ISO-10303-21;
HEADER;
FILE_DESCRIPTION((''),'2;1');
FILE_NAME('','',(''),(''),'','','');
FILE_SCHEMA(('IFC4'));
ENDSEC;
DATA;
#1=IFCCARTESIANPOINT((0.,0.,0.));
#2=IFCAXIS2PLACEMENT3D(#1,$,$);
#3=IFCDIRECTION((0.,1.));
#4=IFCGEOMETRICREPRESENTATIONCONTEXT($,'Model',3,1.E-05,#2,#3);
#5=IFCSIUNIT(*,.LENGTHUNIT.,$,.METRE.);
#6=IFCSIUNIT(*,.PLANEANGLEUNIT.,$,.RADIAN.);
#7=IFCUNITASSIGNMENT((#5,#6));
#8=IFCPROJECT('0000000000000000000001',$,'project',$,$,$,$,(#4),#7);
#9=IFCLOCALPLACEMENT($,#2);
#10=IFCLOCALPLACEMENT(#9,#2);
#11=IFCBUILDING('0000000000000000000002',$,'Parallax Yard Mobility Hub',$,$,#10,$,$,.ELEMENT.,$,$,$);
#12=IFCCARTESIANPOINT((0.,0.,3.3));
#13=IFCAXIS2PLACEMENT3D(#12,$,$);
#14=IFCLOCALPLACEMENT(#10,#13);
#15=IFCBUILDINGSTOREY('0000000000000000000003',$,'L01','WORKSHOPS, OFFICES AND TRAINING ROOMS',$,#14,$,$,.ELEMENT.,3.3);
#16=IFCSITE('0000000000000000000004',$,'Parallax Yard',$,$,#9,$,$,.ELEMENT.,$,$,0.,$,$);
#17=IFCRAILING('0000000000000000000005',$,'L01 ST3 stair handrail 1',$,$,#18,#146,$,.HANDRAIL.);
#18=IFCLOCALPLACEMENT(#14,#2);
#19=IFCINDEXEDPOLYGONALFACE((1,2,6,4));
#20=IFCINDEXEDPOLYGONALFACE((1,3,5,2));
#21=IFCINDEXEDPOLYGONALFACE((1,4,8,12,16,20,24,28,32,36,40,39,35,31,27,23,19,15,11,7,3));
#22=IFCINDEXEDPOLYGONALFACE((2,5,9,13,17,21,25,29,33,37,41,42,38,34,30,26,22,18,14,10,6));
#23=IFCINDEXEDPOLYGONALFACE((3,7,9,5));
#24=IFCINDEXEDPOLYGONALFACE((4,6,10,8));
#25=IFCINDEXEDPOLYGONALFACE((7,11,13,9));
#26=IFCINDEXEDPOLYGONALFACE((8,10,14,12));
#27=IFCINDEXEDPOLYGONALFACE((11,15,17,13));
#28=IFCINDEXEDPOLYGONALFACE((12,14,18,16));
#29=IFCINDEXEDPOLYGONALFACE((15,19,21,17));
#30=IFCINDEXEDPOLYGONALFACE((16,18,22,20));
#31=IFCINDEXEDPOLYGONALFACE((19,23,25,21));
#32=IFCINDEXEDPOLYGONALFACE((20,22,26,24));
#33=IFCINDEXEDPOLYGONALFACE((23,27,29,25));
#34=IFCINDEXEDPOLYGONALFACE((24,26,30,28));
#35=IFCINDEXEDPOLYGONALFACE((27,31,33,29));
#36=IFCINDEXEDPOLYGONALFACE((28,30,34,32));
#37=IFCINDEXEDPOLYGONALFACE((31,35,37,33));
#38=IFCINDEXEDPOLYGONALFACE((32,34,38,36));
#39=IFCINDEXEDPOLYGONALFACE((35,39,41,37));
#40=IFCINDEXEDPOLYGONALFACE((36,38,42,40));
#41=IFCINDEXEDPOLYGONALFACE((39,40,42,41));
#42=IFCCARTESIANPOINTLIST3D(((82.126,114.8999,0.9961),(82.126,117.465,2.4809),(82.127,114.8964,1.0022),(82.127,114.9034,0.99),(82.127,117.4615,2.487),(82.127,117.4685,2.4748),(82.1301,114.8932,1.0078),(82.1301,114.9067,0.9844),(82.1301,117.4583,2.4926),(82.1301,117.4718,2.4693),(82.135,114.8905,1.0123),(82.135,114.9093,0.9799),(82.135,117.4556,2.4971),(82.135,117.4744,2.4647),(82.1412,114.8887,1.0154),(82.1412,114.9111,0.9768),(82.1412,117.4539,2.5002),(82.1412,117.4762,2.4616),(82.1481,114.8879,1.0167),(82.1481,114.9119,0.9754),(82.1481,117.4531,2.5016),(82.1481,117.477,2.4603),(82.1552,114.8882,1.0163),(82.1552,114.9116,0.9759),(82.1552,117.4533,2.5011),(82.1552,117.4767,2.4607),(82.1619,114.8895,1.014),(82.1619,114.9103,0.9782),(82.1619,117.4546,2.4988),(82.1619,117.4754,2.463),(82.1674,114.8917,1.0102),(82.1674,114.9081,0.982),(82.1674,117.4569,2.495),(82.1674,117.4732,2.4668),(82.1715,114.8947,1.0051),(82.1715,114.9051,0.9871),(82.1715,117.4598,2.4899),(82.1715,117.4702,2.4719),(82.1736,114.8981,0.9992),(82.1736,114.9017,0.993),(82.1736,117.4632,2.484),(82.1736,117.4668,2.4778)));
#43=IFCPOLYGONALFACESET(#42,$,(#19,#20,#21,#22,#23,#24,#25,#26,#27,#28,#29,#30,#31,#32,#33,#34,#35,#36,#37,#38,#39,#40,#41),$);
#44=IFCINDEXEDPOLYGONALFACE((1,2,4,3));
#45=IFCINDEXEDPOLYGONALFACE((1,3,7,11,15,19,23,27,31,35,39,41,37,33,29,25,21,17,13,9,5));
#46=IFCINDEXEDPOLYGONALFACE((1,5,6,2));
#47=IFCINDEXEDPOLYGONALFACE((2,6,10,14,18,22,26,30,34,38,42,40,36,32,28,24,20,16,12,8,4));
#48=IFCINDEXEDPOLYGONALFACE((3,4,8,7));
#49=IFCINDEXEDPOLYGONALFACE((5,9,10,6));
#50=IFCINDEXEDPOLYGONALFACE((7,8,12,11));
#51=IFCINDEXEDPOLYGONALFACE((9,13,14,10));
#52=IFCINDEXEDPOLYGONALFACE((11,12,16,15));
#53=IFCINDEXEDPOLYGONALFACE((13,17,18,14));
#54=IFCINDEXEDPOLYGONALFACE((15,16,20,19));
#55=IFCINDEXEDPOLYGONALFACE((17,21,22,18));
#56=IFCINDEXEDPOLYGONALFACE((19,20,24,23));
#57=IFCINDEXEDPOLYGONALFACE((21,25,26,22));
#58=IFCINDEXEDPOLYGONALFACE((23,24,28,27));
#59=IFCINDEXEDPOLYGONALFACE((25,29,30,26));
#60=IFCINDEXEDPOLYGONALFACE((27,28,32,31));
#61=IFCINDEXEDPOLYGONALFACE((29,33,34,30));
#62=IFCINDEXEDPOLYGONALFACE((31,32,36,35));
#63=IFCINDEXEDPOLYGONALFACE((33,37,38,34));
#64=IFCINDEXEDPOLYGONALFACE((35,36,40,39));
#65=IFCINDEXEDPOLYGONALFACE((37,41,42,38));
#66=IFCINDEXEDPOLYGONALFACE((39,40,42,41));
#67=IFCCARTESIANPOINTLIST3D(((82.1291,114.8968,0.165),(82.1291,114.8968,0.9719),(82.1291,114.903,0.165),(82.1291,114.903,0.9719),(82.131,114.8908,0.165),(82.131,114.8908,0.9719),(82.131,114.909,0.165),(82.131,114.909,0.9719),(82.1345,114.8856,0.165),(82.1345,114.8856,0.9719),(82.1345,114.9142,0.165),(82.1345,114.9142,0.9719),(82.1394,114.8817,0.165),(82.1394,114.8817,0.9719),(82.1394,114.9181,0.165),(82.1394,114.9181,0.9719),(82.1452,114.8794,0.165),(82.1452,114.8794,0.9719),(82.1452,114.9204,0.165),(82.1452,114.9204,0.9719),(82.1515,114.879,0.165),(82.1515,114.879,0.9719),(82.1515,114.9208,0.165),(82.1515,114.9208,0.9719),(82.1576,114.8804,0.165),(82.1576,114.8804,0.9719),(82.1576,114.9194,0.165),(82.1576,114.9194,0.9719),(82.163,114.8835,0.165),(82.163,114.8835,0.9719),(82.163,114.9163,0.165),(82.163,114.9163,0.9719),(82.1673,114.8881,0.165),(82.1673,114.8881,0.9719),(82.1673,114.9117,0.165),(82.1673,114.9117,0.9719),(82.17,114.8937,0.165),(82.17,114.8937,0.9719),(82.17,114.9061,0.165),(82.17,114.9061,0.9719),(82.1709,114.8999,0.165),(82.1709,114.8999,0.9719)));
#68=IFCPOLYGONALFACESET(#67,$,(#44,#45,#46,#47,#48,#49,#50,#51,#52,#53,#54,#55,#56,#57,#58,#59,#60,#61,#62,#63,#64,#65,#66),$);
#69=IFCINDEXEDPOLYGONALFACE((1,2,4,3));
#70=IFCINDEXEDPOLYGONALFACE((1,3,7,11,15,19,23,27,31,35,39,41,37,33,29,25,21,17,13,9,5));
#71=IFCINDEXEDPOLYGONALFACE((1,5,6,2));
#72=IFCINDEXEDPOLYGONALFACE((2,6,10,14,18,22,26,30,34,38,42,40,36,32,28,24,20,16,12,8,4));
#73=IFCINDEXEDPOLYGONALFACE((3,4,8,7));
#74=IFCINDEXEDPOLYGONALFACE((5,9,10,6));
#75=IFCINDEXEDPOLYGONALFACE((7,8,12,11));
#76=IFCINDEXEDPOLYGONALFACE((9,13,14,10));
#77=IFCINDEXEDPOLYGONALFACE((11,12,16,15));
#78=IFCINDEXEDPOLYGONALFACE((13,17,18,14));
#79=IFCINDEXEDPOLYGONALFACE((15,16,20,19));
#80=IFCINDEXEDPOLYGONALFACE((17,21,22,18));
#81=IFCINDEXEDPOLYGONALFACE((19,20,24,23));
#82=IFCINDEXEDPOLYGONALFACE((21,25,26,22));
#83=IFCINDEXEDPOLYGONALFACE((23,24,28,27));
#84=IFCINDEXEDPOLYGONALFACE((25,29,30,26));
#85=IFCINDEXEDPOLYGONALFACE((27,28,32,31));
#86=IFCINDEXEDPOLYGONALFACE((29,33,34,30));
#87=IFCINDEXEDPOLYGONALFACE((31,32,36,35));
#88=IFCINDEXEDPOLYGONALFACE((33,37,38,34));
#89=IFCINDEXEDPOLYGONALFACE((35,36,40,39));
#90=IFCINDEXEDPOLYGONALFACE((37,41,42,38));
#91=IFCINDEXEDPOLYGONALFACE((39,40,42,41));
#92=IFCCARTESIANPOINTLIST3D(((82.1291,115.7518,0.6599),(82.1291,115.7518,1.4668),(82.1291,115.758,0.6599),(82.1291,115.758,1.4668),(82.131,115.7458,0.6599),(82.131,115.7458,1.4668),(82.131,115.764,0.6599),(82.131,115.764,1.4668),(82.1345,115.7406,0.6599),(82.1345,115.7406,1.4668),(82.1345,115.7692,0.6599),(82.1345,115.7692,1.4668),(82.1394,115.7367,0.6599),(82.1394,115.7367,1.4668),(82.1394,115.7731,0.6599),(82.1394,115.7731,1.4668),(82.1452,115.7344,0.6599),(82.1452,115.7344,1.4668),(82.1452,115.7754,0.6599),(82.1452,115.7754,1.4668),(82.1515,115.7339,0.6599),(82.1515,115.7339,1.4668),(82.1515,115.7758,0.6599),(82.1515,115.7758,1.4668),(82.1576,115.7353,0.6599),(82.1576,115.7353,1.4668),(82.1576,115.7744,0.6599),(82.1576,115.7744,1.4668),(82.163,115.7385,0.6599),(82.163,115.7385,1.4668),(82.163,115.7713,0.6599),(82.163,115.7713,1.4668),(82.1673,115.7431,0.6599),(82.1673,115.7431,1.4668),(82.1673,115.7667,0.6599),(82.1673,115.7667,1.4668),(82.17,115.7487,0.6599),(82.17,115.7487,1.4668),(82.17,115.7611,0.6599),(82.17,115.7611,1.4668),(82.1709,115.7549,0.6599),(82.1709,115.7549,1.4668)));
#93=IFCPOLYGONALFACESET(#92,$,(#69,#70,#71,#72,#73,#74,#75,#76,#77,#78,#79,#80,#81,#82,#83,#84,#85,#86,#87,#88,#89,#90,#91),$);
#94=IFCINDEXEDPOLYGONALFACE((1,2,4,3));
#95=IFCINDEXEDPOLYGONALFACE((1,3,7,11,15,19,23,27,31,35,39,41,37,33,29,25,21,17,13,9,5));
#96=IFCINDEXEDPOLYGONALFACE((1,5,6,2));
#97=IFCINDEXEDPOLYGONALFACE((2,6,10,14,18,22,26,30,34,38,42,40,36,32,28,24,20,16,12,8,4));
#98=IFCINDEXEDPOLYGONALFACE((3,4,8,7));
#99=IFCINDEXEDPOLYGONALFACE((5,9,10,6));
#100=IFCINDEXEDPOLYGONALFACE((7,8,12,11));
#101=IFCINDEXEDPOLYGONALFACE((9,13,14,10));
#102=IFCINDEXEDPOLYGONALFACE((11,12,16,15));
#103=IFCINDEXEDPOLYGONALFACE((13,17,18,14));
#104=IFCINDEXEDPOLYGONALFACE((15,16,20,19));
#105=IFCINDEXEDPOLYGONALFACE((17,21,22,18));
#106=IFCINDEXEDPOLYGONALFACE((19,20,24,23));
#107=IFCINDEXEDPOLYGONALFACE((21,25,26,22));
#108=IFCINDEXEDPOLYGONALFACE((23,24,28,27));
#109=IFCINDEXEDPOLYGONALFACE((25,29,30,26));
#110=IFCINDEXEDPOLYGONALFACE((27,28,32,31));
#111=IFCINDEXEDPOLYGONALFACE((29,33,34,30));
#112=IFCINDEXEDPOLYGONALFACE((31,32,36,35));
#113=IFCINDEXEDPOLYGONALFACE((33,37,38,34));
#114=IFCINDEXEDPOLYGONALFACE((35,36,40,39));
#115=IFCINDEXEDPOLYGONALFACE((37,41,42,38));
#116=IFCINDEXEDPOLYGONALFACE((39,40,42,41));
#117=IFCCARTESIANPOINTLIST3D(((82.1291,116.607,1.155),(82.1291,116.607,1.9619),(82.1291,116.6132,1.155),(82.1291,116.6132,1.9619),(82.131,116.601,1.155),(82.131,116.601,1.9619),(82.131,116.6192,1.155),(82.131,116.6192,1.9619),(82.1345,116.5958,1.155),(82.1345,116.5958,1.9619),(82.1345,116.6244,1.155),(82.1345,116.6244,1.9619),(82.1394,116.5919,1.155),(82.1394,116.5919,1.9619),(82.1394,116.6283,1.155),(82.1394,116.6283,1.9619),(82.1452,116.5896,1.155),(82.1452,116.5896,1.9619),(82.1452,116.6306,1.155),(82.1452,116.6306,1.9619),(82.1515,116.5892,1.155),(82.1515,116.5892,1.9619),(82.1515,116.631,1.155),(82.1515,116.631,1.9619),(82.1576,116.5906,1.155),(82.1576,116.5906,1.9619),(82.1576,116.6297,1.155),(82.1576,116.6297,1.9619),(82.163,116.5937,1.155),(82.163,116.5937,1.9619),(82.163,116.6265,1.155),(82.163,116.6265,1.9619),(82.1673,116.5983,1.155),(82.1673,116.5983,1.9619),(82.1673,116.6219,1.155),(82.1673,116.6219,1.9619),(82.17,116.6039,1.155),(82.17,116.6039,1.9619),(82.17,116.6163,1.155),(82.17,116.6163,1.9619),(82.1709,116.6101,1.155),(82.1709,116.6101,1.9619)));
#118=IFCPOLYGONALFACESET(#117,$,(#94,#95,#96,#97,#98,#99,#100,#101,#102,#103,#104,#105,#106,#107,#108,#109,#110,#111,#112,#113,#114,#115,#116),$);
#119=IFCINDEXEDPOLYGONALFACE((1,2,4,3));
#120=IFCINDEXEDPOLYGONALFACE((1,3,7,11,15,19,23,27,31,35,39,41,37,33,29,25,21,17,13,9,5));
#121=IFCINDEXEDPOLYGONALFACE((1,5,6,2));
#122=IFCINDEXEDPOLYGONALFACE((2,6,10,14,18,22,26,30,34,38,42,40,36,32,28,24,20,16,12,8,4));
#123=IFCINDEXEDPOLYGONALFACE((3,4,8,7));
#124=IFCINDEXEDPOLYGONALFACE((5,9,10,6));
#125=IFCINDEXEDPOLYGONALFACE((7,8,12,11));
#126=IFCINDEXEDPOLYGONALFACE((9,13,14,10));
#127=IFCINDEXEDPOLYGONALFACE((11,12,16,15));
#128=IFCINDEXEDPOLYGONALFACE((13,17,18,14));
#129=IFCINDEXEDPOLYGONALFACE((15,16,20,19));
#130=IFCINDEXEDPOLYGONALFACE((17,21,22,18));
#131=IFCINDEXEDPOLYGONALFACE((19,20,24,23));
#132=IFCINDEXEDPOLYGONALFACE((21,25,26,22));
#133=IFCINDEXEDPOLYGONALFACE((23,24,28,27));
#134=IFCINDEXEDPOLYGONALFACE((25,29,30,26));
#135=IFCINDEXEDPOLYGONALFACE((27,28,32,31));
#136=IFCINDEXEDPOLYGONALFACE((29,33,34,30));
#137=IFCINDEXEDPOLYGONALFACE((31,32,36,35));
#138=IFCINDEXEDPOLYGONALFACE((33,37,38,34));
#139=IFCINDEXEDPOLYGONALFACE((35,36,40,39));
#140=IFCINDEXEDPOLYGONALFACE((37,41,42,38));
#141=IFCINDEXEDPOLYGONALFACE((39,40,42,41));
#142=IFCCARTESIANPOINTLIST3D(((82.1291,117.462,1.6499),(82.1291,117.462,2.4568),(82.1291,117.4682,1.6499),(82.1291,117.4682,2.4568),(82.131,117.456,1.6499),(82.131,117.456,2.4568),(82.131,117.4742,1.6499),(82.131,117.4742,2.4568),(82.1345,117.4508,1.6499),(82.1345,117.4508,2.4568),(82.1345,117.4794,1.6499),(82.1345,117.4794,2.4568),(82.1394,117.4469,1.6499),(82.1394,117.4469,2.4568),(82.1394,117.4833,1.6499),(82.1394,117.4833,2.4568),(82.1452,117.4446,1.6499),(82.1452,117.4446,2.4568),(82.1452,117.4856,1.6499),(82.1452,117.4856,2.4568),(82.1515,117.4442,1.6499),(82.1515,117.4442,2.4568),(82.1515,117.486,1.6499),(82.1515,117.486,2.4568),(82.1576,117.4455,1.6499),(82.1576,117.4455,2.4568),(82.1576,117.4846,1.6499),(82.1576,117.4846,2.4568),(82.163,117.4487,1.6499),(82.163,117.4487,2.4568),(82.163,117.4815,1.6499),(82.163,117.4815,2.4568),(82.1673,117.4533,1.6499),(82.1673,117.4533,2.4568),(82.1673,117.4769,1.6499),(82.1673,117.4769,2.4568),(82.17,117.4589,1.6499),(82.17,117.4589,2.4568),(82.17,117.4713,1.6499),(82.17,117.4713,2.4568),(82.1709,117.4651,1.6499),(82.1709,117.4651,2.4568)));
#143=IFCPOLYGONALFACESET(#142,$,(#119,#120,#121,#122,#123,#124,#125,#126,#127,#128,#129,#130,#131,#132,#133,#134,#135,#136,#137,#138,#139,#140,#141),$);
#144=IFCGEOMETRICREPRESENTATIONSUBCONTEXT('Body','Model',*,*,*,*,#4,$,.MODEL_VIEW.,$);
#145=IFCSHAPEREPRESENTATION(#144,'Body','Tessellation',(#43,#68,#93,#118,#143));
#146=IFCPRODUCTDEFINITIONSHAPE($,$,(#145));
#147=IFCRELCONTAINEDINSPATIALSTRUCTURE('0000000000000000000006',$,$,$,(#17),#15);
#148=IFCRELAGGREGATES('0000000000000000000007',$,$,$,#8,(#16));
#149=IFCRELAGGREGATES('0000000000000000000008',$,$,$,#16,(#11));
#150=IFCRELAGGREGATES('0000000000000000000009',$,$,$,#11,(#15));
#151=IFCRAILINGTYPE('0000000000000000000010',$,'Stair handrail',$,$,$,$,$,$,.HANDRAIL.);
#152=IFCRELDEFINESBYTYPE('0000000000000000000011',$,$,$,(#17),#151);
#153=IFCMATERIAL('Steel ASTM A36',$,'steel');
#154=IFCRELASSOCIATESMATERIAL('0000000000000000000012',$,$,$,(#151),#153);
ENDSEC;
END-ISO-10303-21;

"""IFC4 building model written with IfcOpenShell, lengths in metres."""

from ifc_helpers import new_model, si_unit, direction, frame, origin, origin_2d, place, context, subcontext, project, spatial, circle, extrude, material, type_object, element, save


model = new_model("IFC4")

# Units and contexts
model_context = context("Model", 3, precision=1e-05, world=origin(), true_north=direction((0.0, 1.0)))
body_context = subcontext(model_context, "Body", "Model", "MODEL_VIEW")
ifc_project = project(units=[si_unit("LENGTHUNIT", "METRE"), si_unit("PLANEANGLEUNIT", "RADIAN")], contexts=[model_context])

# Site, building, storey
site_placement = place(None, origin())
site = spatial("IfcSite", under=ifc_project, at=site_placement, Name="Parallax Yard", CompositionType="ELEMENT", RefElevation=0.0)
building_placement = place(site_placement, origin())
building = spatial("IfcBuilding", under=site, at=building_placement, Name="Parallax Yard Mobility Hub", CompositionType="ELEMENT")
storey_placement = place(building_placement, frame((0.0, 0.0, 3.3)))
storey = spatial("IfcBuildingStorey", under=building, at=storey_placement, Name="L01", Description="WORKSHOPS, OFFICES AND TRAINING ROOMS", CompositionType="ELEMENT", Elevation=3.3)

# Railing
ifc_material_1 = material(Name="Steel ASTM A36", Category="steel")
railing_type_1 = type_object("IfcRailingType", Name="Stair handrail", PredefinedType="HANDRAIL", material=ifc_material_1)
railing_1_placement = place(storey_placement, frame((82.1499, 114.8999, 0.165)))
element("IfcRailing", 1, at=railing_1_placement, inside=storey, type_object=railing_type_1, Name="L01 ST3 stair handrail 1", PredefinedType="HANDRAIL", context=body_context, shape_type="SweptSolid", body=[
    extrude(circle(Radius=0.0239, at=origin_2d()), frame((0.0, 0.0, 0.8311), z_axis=(0.0, 0.865462, 0.500975), x_axis=(-1.0, 0.0, 0.0)), (0.0, 0.0, 1.0), 2.9639),
    extrude(circle(Radius=0.021, at=origin_2d()), origin(), (0.0, 0.0, 1.0), 0.8069),
    extrude(circle(Radius=0.021, at=origin_2d()), frame((0.0, 0.855, 0.4949)), (0.0, 0.0, 1.0), 0.8069),
    extrude(circle(Radius=0.021, at=origin_2d()), frame((0.0, 1.7102, 0.99)), (0.0, 0.0, 1.0), 0.8069),
    extrude(circle(Radius=0.021, at=origin_2d()), frame((0.0, 2.5652, 1.4849)), (0.0, 0.0, 1.0), 0.8069),
])

save(model, "model.ifc")
